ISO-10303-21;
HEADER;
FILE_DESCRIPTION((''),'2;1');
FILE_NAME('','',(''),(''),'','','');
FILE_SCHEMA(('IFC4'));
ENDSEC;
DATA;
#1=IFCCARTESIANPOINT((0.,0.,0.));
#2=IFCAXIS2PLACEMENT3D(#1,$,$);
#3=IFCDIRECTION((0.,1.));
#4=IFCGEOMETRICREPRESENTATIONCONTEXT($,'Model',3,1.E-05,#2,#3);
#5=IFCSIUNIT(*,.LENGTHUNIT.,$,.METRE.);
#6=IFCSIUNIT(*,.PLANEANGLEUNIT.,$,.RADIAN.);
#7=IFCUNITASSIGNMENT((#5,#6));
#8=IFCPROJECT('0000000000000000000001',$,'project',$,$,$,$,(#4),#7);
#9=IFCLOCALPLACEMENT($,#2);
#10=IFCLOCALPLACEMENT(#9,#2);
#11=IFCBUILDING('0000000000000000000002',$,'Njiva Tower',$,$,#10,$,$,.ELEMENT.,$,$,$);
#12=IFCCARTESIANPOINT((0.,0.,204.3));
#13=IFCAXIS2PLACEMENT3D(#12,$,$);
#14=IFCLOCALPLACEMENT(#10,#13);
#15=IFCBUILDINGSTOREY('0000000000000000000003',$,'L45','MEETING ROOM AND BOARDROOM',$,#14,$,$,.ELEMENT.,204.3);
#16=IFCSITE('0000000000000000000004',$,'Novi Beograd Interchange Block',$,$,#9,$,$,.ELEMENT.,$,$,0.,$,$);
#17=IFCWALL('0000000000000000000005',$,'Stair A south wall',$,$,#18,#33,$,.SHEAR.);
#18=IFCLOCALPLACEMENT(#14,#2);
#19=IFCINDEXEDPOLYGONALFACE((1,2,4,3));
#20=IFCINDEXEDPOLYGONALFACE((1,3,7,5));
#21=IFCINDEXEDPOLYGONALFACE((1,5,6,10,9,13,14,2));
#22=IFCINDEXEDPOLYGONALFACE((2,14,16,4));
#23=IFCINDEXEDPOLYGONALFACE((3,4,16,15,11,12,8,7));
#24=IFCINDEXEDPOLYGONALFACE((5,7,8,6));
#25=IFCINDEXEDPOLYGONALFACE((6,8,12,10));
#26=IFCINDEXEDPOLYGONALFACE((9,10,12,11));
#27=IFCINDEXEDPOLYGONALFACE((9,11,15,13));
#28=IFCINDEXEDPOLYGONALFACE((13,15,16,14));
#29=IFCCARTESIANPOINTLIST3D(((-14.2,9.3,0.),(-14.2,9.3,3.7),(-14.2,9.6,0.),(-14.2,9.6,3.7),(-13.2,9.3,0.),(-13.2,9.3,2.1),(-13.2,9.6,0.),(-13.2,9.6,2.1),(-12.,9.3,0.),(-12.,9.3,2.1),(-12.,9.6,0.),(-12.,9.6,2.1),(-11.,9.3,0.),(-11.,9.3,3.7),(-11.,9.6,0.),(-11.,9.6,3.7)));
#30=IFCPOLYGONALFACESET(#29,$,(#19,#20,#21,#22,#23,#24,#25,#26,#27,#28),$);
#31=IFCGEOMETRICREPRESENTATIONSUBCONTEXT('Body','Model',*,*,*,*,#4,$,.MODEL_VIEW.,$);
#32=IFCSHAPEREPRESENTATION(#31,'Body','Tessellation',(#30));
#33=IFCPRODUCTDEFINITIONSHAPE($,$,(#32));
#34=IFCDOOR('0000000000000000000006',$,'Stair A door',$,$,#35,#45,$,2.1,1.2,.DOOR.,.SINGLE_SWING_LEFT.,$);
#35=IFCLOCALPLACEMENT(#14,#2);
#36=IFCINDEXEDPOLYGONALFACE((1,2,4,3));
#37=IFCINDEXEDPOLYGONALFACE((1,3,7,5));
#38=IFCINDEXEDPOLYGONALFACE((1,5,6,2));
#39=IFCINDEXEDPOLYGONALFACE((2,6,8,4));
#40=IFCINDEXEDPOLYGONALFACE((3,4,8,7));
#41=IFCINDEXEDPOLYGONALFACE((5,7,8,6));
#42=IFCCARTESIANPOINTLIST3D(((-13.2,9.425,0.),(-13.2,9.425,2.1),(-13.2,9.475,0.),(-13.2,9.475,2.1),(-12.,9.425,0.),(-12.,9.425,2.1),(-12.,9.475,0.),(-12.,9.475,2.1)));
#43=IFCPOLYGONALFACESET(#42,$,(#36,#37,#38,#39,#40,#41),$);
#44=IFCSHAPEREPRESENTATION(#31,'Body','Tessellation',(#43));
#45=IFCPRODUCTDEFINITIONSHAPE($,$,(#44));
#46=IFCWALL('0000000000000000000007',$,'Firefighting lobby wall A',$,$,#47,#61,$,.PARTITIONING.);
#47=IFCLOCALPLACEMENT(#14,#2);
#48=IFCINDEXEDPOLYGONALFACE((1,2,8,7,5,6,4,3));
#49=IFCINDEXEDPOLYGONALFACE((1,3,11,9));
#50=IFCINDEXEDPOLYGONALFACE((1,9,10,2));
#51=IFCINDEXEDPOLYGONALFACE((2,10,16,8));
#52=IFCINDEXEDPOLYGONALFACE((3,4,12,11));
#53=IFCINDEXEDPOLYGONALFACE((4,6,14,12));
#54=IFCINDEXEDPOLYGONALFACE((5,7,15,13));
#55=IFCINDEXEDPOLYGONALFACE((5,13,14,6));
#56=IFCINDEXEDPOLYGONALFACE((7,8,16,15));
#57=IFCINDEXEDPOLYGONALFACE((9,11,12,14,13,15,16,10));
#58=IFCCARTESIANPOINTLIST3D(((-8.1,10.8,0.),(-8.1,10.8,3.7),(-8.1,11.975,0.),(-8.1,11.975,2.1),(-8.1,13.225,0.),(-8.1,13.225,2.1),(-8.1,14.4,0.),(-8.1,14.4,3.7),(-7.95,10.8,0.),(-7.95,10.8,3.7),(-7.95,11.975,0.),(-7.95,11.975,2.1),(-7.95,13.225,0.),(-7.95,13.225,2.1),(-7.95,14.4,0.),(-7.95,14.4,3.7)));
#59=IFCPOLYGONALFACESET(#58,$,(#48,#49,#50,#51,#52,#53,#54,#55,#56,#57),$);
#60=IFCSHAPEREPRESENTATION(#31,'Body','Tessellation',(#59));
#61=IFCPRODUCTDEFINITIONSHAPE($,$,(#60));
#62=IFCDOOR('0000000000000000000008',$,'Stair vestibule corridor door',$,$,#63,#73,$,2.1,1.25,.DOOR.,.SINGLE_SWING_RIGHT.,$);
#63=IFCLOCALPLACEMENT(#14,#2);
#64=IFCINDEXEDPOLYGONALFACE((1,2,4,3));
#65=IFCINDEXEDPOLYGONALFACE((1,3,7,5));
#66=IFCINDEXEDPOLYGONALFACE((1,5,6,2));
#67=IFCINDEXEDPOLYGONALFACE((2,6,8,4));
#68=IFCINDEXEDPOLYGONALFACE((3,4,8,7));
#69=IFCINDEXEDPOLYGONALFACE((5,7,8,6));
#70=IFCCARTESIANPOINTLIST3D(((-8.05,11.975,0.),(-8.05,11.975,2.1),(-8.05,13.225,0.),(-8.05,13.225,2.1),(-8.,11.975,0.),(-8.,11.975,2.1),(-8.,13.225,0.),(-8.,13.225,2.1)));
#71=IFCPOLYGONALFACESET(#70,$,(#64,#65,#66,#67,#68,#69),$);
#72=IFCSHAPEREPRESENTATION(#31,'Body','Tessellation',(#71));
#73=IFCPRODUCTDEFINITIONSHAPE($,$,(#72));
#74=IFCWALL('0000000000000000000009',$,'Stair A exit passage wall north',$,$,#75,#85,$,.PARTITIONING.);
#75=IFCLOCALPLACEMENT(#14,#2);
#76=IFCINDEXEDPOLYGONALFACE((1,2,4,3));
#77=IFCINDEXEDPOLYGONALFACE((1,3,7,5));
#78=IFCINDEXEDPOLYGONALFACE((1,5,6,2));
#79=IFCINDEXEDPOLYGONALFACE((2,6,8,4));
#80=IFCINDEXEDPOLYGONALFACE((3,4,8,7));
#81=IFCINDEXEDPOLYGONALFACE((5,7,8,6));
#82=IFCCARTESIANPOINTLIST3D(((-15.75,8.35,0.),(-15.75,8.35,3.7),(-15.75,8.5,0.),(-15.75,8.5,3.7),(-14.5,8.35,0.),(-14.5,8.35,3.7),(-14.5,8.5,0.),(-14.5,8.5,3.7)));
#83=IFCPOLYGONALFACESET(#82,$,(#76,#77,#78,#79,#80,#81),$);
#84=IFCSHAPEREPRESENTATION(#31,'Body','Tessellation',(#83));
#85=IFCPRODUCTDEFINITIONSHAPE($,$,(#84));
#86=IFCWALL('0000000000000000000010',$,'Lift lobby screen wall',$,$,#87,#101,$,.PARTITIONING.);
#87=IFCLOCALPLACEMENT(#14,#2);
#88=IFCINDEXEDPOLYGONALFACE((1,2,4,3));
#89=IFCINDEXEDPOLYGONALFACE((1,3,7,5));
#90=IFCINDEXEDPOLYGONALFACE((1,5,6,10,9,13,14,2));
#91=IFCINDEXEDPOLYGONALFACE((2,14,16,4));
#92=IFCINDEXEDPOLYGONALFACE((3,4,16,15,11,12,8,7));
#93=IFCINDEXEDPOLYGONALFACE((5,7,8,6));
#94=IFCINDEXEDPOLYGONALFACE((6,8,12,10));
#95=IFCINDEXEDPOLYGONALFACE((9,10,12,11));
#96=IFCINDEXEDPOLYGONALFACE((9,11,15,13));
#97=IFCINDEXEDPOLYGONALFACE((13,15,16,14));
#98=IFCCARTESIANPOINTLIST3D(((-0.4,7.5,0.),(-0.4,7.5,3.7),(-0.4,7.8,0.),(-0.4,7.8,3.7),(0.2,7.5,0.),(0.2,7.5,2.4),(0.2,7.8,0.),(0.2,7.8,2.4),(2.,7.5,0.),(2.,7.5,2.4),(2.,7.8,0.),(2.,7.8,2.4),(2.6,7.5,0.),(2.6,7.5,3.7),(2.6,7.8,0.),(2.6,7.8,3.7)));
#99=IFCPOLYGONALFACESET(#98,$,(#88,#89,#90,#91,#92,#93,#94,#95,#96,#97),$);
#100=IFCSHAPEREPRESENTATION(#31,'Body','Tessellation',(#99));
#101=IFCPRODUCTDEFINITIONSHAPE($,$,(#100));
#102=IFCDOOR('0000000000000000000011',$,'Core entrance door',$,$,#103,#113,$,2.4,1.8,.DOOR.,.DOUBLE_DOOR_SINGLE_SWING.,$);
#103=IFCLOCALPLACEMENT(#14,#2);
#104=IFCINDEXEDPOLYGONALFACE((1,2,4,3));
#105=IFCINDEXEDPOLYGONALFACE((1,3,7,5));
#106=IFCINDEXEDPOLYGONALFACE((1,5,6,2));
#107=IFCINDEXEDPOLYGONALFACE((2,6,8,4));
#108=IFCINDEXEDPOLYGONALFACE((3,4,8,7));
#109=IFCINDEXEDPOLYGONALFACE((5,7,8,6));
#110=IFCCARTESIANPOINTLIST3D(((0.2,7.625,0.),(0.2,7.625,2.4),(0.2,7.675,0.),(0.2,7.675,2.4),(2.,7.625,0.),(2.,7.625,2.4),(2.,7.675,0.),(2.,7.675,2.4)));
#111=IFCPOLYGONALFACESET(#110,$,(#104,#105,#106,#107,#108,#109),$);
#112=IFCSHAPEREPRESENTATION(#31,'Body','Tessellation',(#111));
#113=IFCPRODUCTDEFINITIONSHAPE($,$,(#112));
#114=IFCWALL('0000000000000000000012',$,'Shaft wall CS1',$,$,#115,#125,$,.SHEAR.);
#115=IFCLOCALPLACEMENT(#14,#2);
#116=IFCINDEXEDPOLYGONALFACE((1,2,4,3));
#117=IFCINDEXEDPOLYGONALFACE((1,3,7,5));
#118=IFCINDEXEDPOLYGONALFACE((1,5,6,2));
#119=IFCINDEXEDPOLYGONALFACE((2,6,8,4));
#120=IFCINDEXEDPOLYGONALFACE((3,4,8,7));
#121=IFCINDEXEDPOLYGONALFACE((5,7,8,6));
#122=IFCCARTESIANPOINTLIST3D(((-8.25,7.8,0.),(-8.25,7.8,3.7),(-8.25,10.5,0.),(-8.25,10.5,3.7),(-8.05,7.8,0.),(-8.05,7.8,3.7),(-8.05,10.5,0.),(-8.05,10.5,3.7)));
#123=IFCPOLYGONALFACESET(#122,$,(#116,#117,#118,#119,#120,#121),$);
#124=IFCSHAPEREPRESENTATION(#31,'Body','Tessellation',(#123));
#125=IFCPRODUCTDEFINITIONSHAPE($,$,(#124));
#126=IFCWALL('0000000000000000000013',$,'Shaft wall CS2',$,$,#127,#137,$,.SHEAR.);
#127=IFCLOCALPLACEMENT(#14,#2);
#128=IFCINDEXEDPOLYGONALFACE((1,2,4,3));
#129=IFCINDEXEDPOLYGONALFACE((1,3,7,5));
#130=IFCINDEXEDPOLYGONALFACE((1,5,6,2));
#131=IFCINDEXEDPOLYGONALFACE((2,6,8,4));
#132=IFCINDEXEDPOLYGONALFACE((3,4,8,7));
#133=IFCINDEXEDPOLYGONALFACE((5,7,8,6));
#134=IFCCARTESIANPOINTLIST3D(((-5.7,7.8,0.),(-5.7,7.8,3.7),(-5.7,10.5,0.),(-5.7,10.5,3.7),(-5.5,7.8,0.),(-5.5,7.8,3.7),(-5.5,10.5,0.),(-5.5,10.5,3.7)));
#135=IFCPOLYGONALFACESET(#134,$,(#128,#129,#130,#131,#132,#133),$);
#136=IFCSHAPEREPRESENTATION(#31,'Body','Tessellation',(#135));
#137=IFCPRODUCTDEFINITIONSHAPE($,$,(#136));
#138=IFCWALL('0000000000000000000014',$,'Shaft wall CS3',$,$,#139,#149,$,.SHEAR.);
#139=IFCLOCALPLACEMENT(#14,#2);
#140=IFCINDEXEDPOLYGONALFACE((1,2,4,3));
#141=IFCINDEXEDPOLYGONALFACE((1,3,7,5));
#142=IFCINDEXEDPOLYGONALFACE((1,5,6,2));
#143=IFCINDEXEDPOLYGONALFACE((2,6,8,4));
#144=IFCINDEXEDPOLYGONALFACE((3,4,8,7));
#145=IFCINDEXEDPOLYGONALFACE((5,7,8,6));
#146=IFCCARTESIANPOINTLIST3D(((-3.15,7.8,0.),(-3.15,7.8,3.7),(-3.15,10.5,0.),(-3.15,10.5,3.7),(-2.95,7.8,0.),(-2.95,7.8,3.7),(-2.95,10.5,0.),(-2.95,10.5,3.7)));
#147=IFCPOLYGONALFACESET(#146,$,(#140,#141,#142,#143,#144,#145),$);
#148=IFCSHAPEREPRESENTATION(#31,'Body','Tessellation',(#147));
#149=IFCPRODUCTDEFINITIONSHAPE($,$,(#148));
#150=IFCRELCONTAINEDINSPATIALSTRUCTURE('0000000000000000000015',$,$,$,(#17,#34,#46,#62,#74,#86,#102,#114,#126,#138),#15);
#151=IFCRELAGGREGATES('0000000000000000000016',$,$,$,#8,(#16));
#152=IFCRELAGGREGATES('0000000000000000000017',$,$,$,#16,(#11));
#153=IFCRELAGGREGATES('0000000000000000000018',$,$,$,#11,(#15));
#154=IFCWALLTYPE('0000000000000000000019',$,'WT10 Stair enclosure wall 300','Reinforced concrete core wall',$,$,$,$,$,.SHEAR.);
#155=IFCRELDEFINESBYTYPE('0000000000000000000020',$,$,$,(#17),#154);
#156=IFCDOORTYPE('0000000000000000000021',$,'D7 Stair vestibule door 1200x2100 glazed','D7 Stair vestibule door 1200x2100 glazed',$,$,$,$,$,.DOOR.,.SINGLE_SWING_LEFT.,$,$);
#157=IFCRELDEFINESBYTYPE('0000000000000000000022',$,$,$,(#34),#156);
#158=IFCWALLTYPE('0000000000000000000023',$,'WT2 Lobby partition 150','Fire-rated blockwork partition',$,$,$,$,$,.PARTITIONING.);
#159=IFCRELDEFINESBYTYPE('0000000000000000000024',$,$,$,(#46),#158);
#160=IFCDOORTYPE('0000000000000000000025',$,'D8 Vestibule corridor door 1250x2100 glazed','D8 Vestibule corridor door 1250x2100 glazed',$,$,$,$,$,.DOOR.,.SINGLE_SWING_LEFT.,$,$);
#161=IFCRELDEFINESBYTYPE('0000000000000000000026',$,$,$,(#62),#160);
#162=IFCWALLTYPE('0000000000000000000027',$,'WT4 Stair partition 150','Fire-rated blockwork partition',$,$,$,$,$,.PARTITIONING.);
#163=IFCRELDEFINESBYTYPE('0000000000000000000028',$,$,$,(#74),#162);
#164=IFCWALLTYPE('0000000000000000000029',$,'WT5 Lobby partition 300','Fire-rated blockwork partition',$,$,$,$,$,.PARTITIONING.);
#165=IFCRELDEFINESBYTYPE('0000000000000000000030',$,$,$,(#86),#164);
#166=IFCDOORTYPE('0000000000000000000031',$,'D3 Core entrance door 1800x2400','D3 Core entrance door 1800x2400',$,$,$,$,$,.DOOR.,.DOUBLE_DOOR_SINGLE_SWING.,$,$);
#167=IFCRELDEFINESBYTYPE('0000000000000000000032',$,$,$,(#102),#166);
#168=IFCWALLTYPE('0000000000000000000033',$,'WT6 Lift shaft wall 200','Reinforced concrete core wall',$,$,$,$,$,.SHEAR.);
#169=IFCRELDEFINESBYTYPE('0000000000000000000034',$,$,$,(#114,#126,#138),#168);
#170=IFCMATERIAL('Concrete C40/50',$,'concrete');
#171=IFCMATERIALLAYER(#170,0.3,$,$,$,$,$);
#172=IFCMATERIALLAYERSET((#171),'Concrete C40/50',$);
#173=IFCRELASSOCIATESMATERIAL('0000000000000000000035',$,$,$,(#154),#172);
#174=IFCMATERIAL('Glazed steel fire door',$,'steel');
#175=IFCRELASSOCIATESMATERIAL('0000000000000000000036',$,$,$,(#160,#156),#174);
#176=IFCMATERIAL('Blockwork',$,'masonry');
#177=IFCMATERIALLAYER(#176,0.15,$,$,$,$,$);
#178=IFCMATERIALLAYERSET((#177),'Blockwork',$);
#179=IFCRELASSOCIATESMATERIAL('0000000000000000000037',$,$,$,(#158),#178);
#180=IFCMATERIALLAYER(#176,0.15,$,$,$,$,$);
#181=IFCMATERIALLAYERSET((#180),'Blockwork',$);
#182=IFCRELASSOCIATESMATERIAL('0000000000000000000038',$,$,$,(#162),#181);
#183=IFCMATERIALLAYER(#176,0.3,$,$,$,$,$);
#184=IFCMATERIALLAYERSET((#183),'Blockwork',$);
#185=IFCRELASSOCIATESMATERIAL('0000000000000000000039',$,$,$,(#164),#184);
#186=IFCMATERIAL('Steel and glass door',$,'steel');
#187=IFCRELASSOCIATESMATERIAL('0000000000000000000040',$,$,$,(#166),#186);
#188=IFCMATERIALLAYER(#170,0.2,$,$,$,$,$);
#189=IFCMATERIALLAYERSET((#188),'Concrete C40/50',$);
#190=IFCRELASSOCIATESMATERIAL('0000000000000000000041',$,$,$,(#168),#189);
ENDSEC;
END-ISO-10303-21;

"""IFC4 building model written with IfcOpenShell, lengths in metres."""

from ifc_helpers import new_model, si_unit, direction, frame, frame_2d, origin, place, context, subcontext, project, spatial, rectangle, extrude, material, layer, layer_set, type_object, element, fill, save


model = new_model("IFC4")

# Units and contexts
model_context = context("Model", 3, precision=1e-05, world=origin(), true_north=direction((0.0, 1.0)))
body_context = subcontext(model_context, "Body", "Model", "MODEL_VIEW")
ifc_project = project(units=[si_unit("LENGTHUNIT", "METRE"), si_unit("PLANEANGLEUNIT", "RADIAN")], contexts=[model_context])

# Site, building, storey
site_placement = place(None, origin())
site = spatial("IfcSite", under=ifc_project, at=site_placement, Name="Novi Beograd Interchange Block", CompositionType="ELEMENT", RefElevation=0.0)
building_placement = place(site_placement, origin())
building = spatial("IfcBuilding", under=site, at=building_placement, Name="Njiva Tower", CompositionType="ELEMENT")
storey_placement = place(building_placement, frame((0.0, 0.0, 204.3)))
storey = spatial("IfcBuildingStorey", under=building, at=storey_placement, Name="L45", Description="MEETING ROOM AND BOARDROOM", CompositionType="ELEMENT", Elevation=204.3)

# Shared definitions
ifc_material_1 = material(Name="Blockwork", Category="masonry")

# Shared definitions
ifc_material_2 = material(Name="Concrete C40/50", Category="concrete")
ifc_layer_1 = layer(ifc_material_2, 0.3)
ifc_layer_set_1 = layer_set([ifc_layer_1], Name="Concrete C40/50")
wall_type_1 = type_object("IfcWallType", Name="WT10 Stair enclosure wall 300", Description="Reinforced concrete core wall", PredefinedType="SHEAR", material=ifc_layer_set_1)
ifc_material_3 = material(Name="Glazed steel fire door", Category="steel")
door_type_1 = type_object("IfcDoorType", Name="D8 Vestibule corridor door 1250x2100 glazed", Description="D8 Vestibule corridor door 1250x2100 glazed", OperationType="SINGLE_SWING_LEFT", PredefinedType="DOOR", material=ifc_material_3)

# Walls, openings, doors
wall_1_placement = place(storey_placement, frame((-14.2, 9.45, 0.0), z_axis=(0.0, 0.0, 1.0), x_axis=(1.0, 0.0, 0.0)))
wall_1 = element("IfcWall", 1, at=wall_1_placement, inside=storey, type_object=wall_type_1, Name="Stair A south wall", PredefinedType="SHEAR", context=body_context, shape_type="SweptSolid", body=[
    extrude(rectangle(XDim=3.2, YDim=0.3, at=frame_2d((1.6, 0.0))), origin(), (0.0, 0.0, 1.0), 3.7),
])
opening_1_placement = place(wall_1_placement, frame((1.0, 0.0, 0.0)))
opening_1 = element("IfcOpeningElement", 2, at=opening_1_placement, cuts=wall_1, PredefinedType="OPENING", context=body_context, shape_type="SweptSolid", body=[
    extrude(rectangle(XDim=1.2, YDim=2.1, at=frame_2d((0.6, 1.05))), frame((0.0, 0.16, 0.0), z_axis=(0.0, -1.0, 0.0), x_axis=(1.0, 0.0, 0.0)), (0.0, 0.0, 1.0), 0.32),
])
door_type_2 = type_object("IfcDoorType", Name="D7 Stair vestibule door 1200x2100 glazed", Description="D7 Stair vestibule door 1200x2100 glazed", OperationType="SINGLE_SWING_LEFT", PredefinedType="DOOR", material=ifc_material_3)
door_1_placement = place(opening_1_placement, origin())
door_1 = element("IfcDoor", 3, at=door_1_placement, inside=storey, type_object=door_type_2, Name="Stair A door", OperationType="SINGLE_SWING_LEFT", OverallHeight=2.1, OverallWidth=1.2, PredefinedType="DOOR", context=body_context, shape_type="SweptSolid", body=[
    extrude(rectangle(XDim=1.2, YDim=2.1, at=frame_2d((0.6, 1.05))), frame((0.0, 0.025, 0.0), z_axis=(0.0, -1.0, 0.0), x_axis=(1.0, 0.0, 0.0)), (0.0, 0.0, 1.0), 0.05),
])
fill(opening_1, door_1)
ifc_layer_2 = layer(ifc_material_1, 0.15)
ifc_layer_set_2 = layer_set([ifc_layer_2], Name="Blockwork")
wall_type_2 = type_object("IfcWallType", Name="WT2 Lobby partition 150", Description="Fire-rated blockwork partition", PredefinedType="PARTITIONING", material=ifc_layer_set_2)
wall_2_placement = place(storey_placement, frame((-8.025, 10.8, 0.0), z_axis=(0.0, 0.0, 1.0), x_axis=(0.0, 1.0, 0.0)))
wall_2 = element("IfcWall", 4, at=wall_2_placement, inside=storey, type_object=wall_type_2, Name="Firefighting lobby wall A", PredefinedType="PARTITIONING", context=body_context, shape_type="SweptSolid", body=[
    extrude(rectangle(XDim=3.6, YDim=0.15, at=frame_2d((1.8, 0.0))), origin(), (0.0, 0.0, 1.0), 3.7),
])
opening_2_placement = place(wall_2_placement, frame((1.175, 0.0, 0.0)))
opening_2 = element("IfcOpeningElement", 5, at=opening_2_placement, cuts=wall_2, PredefinedType="OPENING", context=body_context, shape_type="SweptSolid", body=[
    extrude(rectangle(XDim=1.25, YDim=2.1, at=frame_2d((0.625, 1.05))), frame((0.0, 0.085, 0.0), z_axis=(0.0, -1.0, 0.0), x_axis=(1.0, 0.0, 0.0)), (0.0, 0.0, 1.0), 0.17),
])
door_2_placement = place(opening_2_placement, origin())
door_2 = element("IfcDoor", 6, at=door_2_placement, inside=storey, type_object=door_type_1, Name="Stair vestibule corridor door", OperationType="SINGLE_SWING_RIGHT", OverallHeight=2.1, OverallWidth=1.25, PredefinedType="DOOR", context=body_context, shape_type="SweptSolid", body=[
    extrude(rectangle(XDim=1.25, YDim=2.1, at=frame_2d((0.625, 1.05))), frame((0.0, 0.025, 0.0), z_axis=(0.0, -1.0, 0.0), x_axis=(1.0, 0.0, 0.0)), (0.0, 0.0, 1.0), 0.05),
])
fill(opening_2, door_2)

# Wall
ifc_layer_3 = layer(ifc_material_1, 0.15)
ifc_layer_set_3 = layer_set([ifc_layer_3], Name="Blockwork")
wall_type_3 = type_object("IfcWallType", Name="WT4 Stair partition 150", Description="Fire-rated blockwork partition", PredefinedType="PARTITIONING", material=ifc_layer_set_3)
wall_3_placement = place(storey_placement, frame((-15.75, 8.425, 0.0), z_axis=(0.0, 0.0, 1.0), x_axis=(1.0, 0.0, 0.0)))
element("IfcWall", 7, at=wall_3_placement, inside=storey, type_object=wall_type_3, Name="Stair A exit passage wall north", PredefinedType="PARTITIONING", context=body_context, shape_type="SweptSolid", body=[
    extrude(rectangle(XDim=1.25, YDim=0.15, at=frame_2d((0.625, 0.0))), origin(), (0.0, 0.0, 1.0), 3.7),
])

# Wall, opening, door
ifc_layer_4 = layer(ifc_material_1, 0.3)
ifc_layer_set_4 = layer_set([ifc_layer_4], Name="Blockwork")
wall_type_4 = type_object("IfcWallType", Name="WT5 Lobby partition 300", Description="Fire-rated blockwork partition", PredefinedType="PARTITIONING", material=ifc_layer_set_4)
wall_4_placement = place(storey_placement, frame((-0.4, 7.65, 0.0), z_axis=(0.0, 0.0, 1.0), x_axis=(1.0, 0.0, 0.0)))
wall_4 = element("IfcWall", 8, at=wall_4_placement, inside=storey, type_object=wall_type_4, Name="Lift lobby screen wall", PredefinedType="PARTITIONING", context=body_context, shape_type="SweptSolid", body=[
    extrude(rectangle(XDim=3.0, YDim=0.3, at=frame_2d((1.5, 0.0))), origin(), (0.0, 0.0, 1.0), 3.7),
])
opening_3_placement = place(wall_4_placement, frame((0.6, 0.0, 0.0)))
opening_3 = element("IfcOpeningElement", 9, at=opening_3_placement, cuts=wall_4, PredefinedType="OPENING", context=body_context, shape_type="SweptSolid", body=[
    extrude(rectangle(XDim=1.8, YDim=2.4, at=frame_2d((0.9, 1.2))), frame((0.0, 0.16, 0.0), z_axis=(0.0, -1.0, 0.0), x_axis=(1.0, 0.0, 0.0)), (0.0, 0.0, 1.0), 0.32),
])
ifc_material_4 = material(Name="Steel and glass door", Category="steel")
door_type_3 = type_object("IfcDoorType", Name="D3 Core entrance door 1800x2400", Description="D3 Core entrance door 1800x2400", OperationType="DOUBLE_DOOR_SINGLE_SWING", PredefinedType="DOOR", material=ifc_material_4)
door_3_placement = place(opening_3_placement, origin())
door_3 = element("IfcDoor", 10, at=door_3_placement, inside=storey, type_object=door_type_3, Name="Core entrance door", OperationType="DOUBLE_DOOR_SINGLE_SWING", OverallHeight=2.4, OverallWidth=1.8, PredefinedType="DOOR", context=body_context, shape_type="SweptSolid", body=[
    extrude(rectangle(XDim=1.8, YDim=2.4, at=frame_2d((0.9, 1.2))), frame((0.0, 0.025, 0.0), z_axis=(0.0, -1.0, 0.0), x_axis=(1.0, 0.0, 0.0)), (0.0, 0.0, 1.0), 0.05),
])
fill(opening_3, door_3)

# Walls
ifc_layer_5 = layer(ifc_material_2, 0.2)
ifc_layer_set_5 = layer_set([ifc_layer_5], Name="Concrete C40/50")
wall_type_5 = type_object("IfcWallType", Name="WT6 Lift shaft wall 200", Description="Reinforced concrete core wall", PredefinedType="SHEAR", material=ifc_layer_set_5)
for number, where, z_axis, x_axis, name in (
    (11, (-8.15, 7.8, 0.0), (0.0, 0.0, 1.0), (0.0, 1.0, 0.0), "Shaft wall CS1"),
    (12, (-5.6, 7.8, 0.0), (0.0, 0.0, 1.0), (0.0, 1.0, 0.0), "Shaft wall CS2"),
    (13, (-3.05, 7.8, 0.0), (0.0, 0.0, 1.0), (0.0, 1.0, 0.0), "Shaft wall CS3"),
):
    element("IfcWall", number, at=place(storey_placement, frame(where, z_axis=z_axis, x_axis=x_axis)), inside=storey, type_object=wall_type_5, Name=name, PredefinedType="SHEAR", context=body_context, shape_type="SweptSolid", body=[
        extrude(rectangle(XDim=2.7, YDim=0.2, at=frame_2d((1.35, 0.0))), origin(), (0.0, 0.0, 1.0), 3.7),
    ])

save(model, "model.ifc")
